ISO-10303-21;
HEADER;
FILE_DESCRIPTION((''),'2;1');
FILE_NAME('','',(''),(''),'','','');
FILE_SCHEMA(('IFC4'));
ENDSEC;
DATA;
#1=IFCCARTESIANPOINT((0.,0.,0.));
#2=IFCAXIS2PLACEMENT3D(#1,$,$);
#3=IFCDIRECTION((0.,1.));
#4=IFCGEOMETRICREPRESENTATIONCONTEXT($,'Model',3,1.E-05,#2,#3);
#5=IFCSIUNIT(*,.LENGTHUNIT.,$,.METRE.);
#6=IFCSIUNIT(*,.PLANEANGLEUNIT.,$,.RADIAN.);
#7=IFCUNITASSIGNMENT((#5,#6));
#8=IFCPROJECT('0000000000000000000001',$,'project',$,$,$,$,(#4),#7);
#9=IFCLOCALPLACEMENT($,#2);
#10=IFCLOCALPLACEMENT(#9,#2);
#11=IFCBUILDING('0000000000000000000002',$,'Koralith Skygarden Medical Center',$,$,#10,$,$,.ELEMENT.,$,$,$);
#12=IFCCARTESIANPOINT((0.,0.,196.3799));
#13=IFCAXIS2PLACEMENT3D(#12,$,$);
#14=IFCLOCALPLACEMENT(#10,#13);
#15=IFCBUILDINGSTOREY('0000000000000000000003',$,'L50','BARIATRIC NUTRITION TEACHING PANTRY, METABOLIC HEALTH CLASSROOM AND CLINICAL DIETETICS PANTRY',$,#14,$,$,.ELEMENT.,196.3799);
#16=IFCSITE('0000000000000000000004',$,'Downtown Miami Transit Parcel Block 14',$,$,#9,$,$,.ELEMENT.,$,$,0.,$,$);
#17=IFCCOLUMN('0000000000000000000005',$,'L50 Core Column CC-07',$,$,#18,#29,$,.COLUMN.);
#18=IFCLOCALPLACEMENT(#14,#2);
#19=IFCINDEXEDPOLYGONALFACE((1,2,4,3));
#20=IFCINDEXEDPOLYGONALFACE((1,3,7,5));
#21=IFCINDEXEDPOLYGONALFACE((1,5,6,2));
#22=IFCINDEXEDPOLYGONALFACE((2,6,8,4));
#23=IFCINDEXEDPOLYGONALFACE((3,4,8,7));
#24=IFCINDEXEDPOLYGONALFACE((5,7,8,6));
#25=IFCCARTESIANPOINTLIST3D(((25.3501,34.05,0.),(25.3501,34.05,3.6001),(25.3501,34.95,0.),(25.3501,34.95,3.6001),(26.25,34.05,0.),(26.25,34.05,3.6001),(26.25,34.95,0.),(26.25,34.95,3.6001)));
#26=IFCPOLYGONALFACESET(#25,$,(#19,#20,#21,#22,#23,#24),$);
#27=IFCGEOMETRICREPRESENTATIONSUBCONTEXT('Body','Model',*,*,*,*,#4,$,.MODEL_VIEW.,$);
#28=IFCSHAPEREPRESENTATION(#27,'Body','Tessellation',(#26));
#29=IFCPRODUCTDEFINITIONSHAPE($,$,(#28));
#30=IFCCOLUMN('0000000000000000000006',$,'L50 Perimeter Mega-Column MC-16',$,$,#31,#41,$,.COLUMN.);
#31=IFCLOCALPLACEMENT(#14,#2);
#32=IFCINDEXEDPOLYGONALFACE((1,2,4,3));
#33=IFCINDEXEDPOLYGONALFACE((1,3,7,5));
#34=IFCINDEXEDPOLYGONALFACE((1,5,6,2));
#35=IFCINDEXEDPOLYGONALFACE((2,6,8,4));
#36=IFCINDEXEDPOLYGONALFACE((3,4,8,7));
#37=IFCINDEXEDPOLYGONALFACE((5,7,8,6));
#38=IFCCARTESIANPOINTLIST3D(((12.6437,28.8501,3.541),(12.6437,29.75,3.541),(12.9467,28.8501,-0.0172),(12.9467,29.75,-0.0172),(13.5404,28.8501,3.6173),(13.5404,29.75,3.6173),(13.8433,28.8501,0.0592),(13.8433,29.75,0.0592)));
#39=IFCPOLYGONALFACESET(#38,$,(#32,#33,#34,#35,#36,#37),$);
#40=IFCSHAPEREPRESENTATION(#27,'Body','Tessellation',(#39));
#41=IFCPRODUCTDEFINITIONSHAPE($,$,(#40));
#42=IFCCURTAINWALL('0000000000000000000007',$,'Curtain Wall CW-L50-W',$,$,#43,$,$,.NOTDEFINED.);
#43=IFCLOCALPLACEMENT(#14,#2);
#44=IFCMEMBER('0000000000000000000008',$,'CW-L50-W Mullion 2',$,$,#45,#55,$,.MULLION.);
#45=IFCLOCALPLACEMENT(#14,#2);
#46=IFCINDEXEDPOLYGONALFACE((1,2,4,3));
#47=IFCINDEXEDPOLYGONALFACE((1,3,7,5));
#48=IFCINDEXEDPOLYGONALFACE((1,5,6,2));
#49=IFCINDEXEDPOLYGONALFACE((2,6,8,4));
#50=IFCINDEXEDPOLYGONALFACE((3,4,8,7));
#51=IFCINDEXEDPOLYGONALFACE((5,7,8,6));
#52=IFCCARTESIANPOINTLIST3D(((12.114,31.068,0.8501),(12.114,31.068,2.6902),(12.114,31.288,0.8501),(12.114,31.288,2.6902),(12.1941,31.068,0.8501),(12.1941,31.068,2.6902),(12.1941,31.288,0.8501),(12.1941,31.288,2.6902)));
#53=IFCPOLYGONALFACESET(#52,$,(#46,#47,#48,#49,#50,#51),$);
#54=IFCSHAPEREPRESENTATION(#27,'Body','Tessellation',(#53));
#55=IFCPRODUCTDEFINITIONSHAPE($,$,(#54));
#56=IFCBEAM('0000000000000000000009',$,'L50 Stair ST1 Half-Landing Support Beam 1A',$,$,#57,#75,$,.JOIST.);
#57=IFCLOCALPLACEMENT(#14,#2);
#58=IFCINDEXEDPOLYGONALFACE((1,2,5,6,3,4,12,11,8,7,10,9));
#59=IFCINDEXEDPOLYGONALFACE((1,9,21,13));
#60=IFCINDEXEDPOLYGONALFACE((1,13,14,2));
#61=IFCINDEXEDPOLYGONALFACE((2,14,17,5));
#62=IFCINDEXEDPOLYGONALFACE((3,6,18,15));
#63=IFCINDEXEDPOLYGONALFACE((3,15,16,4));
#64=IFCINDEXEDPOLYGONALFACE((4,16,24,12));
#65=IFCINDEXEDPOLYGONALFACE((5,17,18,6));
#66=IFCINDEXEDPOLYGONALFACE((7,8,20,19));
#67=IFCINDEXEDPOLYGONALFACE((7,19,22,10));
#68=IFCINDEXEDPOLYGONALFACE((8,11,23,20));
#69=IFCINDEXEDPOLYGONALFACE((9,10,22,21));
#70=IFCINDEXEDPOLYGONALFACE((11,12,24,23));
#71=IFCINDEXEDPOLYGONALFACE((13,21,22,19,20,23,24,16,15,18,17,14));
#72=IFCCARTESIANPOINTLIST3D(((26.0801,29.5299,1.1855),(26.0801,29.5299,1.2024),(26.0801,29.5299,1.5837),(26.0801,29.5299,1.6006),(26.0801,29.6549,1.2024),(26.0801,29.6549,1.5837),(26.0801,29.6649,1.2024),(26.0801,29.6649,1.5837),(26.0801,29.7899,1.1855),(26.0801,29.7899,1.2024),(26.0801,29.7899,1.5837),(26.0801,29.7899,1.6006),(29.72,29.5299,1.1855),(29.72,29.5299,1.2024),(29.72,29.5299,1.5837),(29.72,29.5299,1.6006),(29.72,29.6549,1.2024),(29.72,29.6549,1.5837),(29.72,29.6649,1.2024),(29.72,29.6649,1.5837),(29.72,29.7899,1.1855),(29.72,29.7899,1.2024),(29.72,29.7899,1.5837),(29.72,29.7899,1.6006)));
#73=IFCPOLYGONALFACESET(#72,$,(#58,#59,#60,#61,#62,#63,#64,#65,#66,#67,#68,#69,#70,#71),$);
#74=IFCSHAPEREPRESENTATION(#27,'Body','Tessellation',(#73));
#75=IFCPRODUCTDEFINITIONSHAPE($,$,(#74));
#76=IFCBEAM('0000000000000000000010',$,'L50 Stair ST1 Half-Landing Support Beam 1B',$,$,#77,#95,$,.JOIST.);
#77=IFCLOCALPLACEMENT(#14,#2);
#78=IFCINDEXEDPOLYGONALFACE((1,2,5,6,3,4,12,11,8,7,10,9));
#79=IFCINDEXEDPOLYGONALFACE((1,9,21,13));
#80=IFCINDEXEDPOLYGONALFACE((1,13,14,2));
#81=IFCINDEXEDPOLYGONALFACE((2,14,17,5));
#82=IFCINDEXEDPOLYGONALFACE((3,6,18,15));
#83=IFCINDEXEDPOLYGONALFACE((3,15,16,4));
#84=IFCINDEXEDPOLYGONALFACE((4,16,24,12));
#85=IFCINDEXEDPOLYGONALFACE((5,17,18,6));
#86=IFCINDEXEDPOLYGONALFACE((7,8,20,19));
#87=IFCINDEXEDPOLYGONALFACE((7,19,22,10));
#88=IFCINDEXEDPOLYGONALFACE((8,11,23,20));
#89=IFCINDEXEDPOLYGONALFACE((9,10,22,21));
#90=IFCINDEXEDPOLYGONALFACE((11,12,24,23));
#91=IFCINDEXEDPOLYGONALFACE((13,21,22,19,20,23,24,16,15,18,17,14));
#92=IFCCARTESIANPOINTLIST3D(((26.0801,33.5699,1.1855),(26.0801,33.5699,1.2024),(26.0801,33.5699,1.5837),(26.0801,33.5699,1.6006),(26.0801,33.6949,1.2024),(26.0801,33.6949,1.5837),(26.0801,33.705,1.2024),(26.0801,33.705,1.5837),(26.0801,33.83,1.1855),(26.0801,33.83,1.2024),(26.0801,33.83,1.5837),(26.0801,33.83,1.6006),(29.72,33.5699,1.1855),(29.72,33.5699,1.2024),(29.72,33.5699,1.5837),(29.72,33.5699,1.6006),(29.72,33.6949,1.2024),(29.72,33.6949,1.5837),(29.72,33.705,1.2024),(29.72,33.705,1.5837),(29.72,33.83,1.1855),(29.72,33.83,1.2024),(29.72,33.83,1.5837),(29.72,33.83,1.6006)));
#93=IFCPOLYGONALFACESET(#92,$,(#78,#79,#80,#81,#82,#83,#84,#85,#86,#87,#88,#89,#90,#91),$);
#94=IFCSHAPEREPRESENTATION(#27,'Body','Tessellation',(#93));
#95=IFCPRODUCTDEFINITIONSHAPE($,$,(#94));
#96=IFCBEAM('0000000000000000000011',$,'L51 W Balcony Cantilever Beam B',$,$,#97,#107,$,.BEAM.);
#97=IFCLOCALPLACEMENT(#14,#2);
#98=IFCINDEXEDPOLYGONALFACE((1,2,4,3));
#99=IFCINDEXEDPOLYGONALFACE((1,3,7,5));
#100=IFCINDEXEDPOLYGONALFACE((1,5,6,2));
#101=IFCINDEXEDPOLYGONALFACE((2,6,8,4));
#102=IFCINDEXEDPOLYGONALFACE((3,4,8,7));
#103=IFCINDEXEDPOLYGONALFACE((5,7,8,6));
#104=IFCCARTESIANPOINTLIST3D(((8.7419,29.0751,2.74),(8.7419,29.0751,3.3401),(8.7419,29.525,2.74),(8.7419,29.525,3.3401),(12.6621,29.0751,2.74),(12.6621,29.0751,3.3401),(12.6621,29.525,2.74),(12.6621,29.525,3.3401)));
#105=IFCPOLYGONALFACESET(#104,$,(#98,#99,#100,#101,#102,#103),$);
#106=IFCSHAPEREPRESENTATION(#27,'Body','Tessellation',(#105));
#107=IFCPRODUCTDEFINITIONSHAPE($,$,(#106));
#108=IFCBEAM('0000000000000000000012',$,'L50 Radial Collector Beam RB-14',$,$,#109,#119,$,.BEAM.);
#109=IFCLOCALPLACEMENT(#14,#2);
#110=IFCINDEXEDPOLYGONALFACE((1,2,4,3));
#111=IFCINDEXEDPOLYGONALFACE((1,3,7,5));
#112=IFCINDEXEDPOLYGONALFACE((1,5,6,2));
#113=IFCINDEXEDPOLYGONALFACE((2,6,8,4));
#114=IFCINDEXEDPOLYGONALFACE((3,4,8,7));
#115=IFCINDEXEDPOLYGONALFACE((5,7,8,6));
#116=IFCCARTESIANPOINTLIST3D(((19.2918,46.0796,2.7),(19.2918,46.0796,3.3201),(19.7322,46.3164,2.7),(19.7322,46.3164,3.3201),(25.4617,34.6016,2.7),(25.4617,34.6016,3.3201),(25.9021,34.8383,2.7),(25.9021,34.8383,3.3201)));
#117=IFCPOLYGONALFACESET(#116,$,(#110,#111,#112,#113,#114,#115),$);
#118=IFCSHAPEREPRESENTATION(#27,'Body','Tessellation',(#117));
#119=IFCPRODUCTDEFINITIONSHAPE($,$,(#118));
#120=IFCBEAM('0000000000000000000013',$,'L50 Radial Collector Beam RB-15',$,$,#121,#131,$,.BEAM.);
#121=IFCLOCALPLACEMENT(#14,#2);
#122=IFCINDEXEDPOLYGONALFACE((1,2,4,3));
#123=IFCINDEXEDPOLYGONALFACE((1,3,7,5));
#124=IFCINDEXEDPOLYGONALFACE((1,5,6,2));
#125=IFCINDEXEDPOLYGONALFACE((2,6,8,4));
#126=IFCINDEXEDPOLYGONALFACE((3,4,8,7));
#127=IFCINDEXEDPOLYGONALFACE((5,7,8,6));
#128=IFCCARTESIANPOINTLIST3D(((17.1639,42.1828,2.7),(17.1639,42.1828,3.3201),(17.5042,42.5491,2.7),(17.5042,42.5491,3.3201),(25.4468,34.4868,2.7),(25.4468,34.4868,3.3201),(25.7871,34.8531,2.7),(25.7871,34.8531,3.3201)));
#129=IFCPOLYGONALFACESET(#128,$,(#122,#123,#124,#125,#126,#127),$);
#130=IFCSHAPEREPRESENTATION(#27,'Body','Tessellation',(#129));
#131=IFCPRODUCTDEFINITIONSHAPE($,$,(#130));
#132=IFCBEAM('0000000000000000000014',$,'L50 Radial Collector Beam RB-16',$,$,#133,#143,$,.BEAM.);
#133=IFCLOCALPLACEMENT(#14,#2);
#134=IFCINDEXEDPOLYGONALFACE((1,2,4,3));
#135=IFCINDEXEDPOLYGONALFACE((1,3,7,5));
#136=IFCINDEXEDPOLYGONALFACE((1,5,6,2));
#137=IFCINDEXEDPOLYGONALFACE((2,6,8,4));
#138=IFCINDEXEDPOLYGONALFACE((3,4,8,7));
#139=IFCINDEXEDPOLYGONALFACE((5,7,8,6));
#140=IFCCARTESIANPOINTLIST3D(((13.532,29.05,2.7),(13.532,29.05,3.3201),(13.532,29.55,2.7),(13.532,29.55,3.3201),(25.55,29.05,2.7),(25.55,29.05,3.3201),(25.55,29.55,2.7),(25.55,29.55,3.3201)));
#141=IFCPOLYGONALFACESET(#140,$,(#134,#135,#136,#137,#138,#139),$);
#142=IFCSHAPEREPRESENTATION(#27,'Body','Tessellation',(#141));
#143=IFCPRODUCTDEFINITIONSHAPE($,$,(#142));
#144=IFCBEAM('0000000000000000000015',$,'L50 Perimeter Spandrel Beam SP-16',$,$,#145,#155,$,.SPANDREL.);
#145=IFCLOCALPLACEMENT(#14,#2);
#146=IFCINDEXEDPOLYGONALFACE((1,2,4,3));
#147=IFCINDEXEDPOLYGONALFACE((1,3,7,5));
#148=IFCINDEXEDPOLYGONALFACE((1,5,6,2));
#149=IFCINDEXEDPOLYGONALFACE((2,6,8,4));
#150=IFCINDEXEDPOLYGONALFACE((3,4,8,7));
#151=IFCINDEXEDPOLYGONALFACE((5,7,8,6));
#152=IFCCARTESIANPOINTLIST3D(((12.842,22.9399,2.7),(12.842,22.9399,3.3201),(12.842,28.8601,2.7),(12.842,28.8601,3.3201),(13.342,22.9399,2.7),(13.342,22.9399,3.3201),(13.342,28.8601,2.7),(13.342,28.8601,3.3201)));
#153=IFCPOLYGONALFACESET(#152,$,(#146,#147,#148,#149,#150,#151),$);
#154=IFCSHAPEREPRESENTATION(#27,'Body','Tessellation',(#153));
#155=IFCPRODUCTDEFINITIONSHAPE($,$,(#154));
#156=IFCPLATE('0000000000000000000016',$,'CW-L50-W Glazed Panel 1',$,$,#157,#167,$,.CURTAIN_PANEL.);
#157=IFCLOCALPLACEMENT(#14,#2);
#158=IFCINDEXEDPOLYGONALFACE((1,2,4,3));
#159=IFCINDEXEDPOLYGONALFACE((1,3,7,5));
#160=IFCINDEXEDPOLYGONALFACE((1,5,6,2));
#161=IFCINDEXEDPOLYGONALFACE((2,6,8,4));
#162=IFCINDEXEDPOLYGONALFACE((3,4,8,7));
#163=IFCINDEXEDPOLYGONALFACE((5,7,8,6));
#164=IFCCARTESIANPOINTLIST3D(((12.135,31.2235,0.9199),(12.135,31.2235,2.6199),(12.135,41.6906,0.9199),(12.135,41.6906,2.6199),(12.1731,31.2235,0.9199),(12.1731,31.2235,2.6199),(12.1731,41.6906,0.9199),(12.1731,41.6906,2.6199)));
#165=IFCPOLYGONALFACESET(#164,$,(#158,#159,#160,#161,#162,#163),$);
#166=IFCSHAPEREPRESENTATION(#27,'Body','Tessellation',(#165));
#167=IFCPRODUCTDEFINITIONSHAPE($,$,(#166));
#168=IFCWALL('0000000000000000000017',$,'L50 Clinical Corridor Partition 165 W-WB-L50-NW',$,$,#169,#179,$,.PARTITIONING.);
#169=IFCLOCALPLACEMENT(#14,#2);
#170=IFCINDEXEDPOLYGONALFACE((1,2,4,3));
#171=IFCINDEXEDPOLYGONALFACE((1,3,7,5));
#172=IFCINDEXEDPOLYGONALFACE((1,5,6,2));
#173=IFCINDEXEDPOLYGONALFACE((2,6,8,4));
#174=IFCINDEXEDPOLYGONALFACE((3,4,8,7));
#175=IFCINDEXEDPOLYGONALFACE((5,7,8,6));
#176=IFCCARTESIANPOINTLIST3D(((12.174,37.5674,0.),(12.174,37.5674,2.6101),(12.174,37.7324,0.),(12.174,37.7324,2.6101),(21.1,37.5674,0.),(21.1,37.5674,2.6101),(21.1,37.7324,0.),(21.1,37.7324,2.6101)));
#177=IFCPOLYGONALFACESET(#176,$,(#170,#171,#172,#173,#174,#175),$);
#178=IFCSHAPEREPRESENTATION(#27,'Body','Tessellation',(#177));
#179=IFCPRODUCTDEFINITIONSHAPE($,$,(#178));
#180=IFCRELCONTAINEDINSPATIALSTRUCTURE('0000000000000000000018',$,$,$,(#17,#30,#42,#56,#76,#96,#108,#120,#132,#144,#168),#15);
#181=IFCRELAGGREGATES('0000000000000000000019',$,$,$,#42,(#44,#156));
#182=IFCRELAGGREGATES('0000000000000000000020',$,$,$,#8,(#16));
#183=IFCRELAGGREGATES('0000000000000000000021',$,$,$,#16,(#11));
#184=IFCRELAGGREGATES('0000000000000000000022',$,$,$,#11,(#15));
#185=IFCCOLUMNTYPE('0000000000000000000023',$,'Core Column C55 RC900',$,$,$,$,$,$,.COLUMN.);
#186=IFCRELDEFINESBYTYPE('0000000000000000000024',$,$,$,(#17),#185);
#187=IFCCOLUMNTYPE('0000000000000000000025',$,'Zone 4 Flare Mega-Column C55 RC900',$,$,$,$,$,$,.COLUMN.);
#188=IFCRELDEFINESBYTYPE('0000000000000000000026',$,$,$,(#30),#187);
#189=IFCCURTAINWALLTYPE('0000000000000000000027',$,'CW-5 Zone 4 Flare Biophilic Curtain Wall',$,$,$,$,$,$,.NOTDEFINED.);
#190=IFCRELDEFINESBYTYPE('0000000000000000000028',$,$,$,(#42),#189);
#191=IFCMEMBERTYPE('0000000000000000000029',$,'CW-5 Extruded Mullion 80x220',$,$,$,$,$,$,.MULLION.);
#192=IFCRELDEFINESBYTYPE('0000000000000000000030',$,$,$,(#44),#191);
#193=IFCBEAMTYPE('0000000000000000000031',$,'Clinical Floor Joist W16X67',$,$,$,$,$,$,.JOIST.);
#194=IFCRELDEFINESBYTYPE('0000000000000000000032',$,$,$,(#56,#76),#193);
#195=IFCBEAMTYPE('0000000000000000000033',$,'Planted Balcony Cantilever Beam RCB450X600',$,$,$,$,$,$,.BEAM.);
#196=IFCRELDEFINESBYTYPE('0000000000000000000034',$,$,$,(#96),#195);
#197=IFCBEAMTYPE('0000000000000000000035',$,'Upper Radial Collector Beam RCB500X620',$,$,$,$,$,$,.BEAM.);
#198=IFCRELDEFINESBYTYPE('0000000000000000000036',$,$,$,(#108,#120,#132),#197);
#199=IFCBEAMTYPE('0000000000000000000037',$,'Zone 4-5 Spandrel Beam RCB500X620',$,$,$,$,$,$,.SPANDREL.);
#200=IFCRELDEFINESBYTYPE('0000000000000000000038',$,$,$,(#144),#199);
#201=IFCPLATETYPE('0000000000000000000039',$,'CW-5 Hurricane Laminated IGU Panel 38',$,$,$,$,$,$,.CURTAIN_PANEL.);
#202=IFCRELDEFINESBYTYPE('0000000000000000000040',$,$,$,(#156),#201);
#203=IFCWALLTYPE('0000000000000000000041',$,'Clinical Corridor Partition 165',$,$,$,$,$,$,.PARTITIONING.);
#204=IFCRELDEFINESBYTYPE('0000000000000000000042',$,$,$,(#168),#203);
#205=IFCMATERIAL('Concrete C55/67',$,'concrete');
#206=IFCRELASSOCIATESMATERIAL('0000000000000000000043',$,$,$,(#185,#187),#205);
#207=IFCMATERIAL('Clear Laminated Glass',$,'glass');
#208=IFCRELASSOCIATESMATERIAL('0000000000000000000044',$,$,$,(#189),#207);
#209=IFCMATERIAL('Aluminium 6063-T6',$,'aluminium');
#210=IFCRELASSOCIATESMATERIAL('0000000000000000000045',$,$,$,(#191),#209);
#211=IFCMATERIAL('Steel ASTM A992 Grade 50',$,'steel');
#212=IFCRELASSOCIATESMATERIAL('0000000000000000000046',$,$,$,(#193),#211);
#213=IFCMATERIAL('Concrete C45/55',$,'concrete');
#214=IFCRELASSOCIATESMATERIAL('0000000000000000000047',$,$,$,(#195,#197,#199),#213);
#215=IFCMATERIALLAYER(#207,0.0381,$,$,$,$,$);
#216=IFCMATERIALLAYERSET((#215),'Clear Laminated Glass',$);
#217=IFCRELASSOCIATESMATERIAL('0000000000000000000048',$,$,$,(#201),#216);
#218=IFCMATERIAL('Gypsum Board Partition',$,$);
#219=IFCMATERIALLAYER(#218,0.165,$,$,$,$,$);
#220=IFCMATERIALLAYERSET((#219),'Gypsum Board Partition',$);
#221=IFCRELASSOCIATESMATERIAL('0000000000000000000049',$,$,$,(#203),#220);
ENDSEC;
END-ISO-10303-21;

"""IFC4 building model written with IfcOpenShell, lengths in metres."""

from ifc_helpers import new_model, si_unit, direction, frame, frame_2d, origin, origin_2d, place, context, subcontext, project, spatial, rectangle, i_section, extrude, material, layer, layer_set, material_profile, profile_set, type_object, element, aggregate, save


model = new_model("IFC4")

# Units and contexts
model_context = context("Model", 3, precision=1e-05, world=origin(), true_north=direction((0.0, 1.0)))
body_context = subcontext(model_context, "Body", "Model", "MODEL_VIEW")
ifc_project = project(units=[si_unit("LENGTHUNIT", "METRE"), si_unit("PLANEANGLEUNIT", "RADIAN")], contexts=[model_context])

# Site, building, storey
site_placement = place(None, origin())
site = spatial("IfcSite", under=ifc_project, at=site_placement, Name="Downtown Miami Transit Parcel Block 14", CompositionType="ELEMENT", RefElevation=0.0)
building_placement = place(site_placement, origin())
building = spatial("IfcBuilding", under=site, at=building_placement, Name="Koralith Skygarden Medical Center", CompositionType="ELEMENT")
storey_placement = place(building_placement, frame((0.0, 0.0, 196.3799)))
storey = spatial("IfcBuildingStorey", under=building, at=storey_placement, Name="L50", Description="BARIATRIC NUTRITION TEACHING PANTRY, METABOLIC HEALTH CLASSROOM AND CLINICAL DIETETICS PANTRY", CompositionType="ELEMENT", Elevation=196.3799)

# Columns
ifc_material_1 = material(Name="Concrete C55/67", Category="concrete")
ifc_material_profile_1 = material_profile(ifc_material_1, rectangle(XDim=0.8999, YDim=0.8999, at=origin_2d()), Name="RC900X900")
ifc_profile_set_1 = profile_set([ifc_material_profile_1], Name="Concrete C55/67")
column_type_1 = type_object("IfcColumnType", Name="Core Column C55 RC900", PredefinedType="COLUMN", material=ifc_profile_set_1)
column_1_placement = place(storey_placement, frame((25.8, 34.5, 0.0), z_axis=(0.0, 0.0, 1.0), x_axis=(1.0, 0.0, 0.0)))
element("IfcColumn", 1, at=column_1_placement, inside=storey, type_object=column_type_1, Name="L50 Core Column CC-07", PredefinedType="COLUMN", context=body_context, shape_type="SweptSolid", body=[
    extrude(rectangle(XDim=0.8999, YDim=0.8999, at=origin_2d()), origin(), (0.0, 0.0, 1.0), 3.6001),
])
ifc_material_profile_2 = material_profile(ifc_material_1, rectangle(XDim=0.8999, YDim=0.8999, at=origin_2d()), Name="RC900X900")
ifc_profile_set_2 = profile_set([ifc_material_profile_2], Name="Concrete C55/67")
column_type_2 = type_object("IfcColumnType", Name="Zone 4 Flare Mega-Column C55 RC900", PredefinedType="COLUMN", material=ifc_profile_set_2)
column_2_placement = place(storey_placement, frame((13.395, 29.3, 0.021), z_axis=(-0.084845, 0.0, 0.996394), x_axis=(0.0, -1.0, 0.0)))
element("IfcColumn", 2, at=column_2_placement, inside=storey, type_object=column_type_2, Name="L50 Perimeter Mega-Column MC-16", PredefinedType="COLUMN", context=body_context, shape_type="SweptSolid", body=[
    extrude(rectangle(XDim=0.8999, YDim=0.8999, at=origin_2d()), origin(), (0.0, 0.0, 1.0), 3.571),
])

# Curtain wall, member
ifc_material_2 = material(Name="Clear Laminated Glass", Category="glass")
curtain_wall_type = type_object("IfcCurtainWallType", Name="CW-5 Zone 4 Flare Biophilic Curtain Wall", PredefinedType="NOTDEFINED", material=ifc_material_2)
curtain_wall_placement = place(storey_placement, origin())
curtain_wall = element("IfcCurtainWall", 3, at=curtain_wall_placement, inside=storey, type_object=curtain_wall_type, Name="Curtain Wall CW-L50-W", PredefinedType="NOTDEFINED")
ifc_material_3 = material(Name="Aluminium 6063-T6", Category="aluminium")
ifc_material_profile_3 = material_profile(ifc_material_3, rectangle(XDim=0.0801, YDim=0.22, at=origin_2d()), Name="MUL80X220")
ifc_profile_set_3 = profile_set([ifc_material_profile_3], Name="Aluminium 6063-T6")
member_type = type_object("IfcMemberType", Name="CW-5 Extruded Mullion 80x220", PredefinedType="MULLION", material=ifc_profile_set_3)
member_placement = place(storey_placement, frame((12.1541, 31.178, 0.8501), z_axis=(0.0, 0.0, 1.0), x_axis=(1.0, 0.0, 0.0)))
member = element("IfcMember", 4, at=member_placement, type_object=member_type, Name="CW-L50-W Mullion 2", PredefinedType="MULLION", context=body_context, shape_type="SweptSolid", body=[
    extrude(rectangle(XDim=0.0801, YDim=0.22, at=origin_2d()), origin(), (0.0, 0.0, 1.0), 1.8401),
])

# Beams
ifc_material_4 = material(Name="Steel ASTM A992 Grade 50", Category="steel")
ifc_material_profile_4 = material_profile(ifc_material_4, i_section(OverallWidth=0.26, OverallDepth=0.415, WebThickness=0.01, FlangeThickness=0.0168, at=origin_2d()), Name="W16X67")
ifc_profile_set_4 = profile_set([ifc_material_profile_4], Name="Steel ASTM A992 Grade 50")
beam_type_1 = type_object("IfcBeamType", Name="Clinical Floor Joist W16X67", PredefinedType="JOIST", material=ifc_profile_set_4)
for number, where, z_axis, x_axis, name in (
    (5, (26.0801, 29.6599, 1.3931), (1.0, 0.0, 0.0), (0.0, 1.0, 0.0), "L50 Stair ST1 Half-Landing Support Beam 1A"),
    (6, (26.0801, 33.7, 1.3931), (1.0, 0.0, 0.0), (0.0, 1.0, 0.0), "L50 Stair ST1 Half-Landing Support Beam 1B"),
):
    element("IfcBeam", number, at=place(storey_placement, frame(where, z_axis=z_axis, x_axis=x_axis)), inside=storey, type_object=beam_type_1, Name=name, PredefinedType="JOIST", context=body_context, shape_type="SweptSolid", body=[
        extrude(i_section(OverallWidth=0.26, OverallDepth=0.415, WebThickness=0.01, FlangeThickness=0.0168, at=origin_2d()), origin(), (0.0, 0.0, 1.0), 3.6399),
    ])
ifc_material_5 = material(Name="Concrete C45/55", Category="concrete")
ifc_material_profile_5 = material_profile(ifc_material_5, rectangle(XDim=0.45, YDim=0.6001, at=origin_2d()), Name="RCB450X600")
ifc_profile_set_5 = profile_set([ifc_material_profile_5], Name="Concrete C45/55")
beam_type_2 = type_object("IfcBeamType", Name="Planted Balcony Cantilever Beam RCB450X600", PredefinedType="BEAM", material=ifc_profile_set_5)
beam_1_placement = place(storey_placement, frame((12.6621, 29.3, 3.04), z_axis=(-1.0, 0.0, 0.0), x_axis=(0.0, -1.0, 0.0)))
element("IfcBeam", 7, at=beam_1_placement, inside=storey, type_object=beam_type_2, Name="L51 W Balcony Cantilever Beam B", PredefinedType="BEAM", context=body_context, shape_type="SweptSolid", body=[
    extrude(rectangle(XDim=0.45, YDim=0.6001, at=origin_2d()), origin(), (0.0, 0.0, 1.0), 3.9202),
])
ifc_material_profile_6 = material_profile(ifc_material_5, rectangle(XDim=0.5, YDim=0.6201, at=origin_2d()), Name="RCB500X620")
ifc_profile_set_6 = profile_set([ifc_material_profile_6], Name="Concrete C45/55")
beam_type_3 = type_object("IfcBeamType", Name="Upper Radial Collector Beam RCB500X620", PredefinedType="BEAM", material=ifc_profile_set_6)
beam_2_placement = place(storey_placement, frame((25.6819, 34.72, 3.01), z_axis=(-0.473472, 0.880809, 0.0), x_axis=(-0.880809, -0.473472, 0.0)))
element("IfcBeam", 8, at=beam_2_placement, inside=storey, type_object=beam_type_3, Name="L50 Radial Collector Beam RB-14", PredefinedType="BEAM", context=body_context, shape_type="SweptSolid", body=[
    extrude(rectangle(XDim=0.5, YDim=0.6201, at=origin_2d()), origin(), (0.0, 0.0, 1.0), 13.0312),
])
beam_3_placement = place(storey_placement, frame((25.6169, 34.6699, 3.01), z_axis=(-0.732585, 0.680676, 0.0), x_axis=(-0.680676, -0.732585, 0.0)))
element("IfcBeam", 9, at=beam_3_placement, inside=storey, type_object=beam_type_3, Name="L50 Radial Collector Beam RB-15", PredefinedType="BEAM", context=body_context, shape_type="SweptSolid", body=[
    extrude(rectangle(XDim=0.5, YDim=0.6201, at=origin_2d()), origin(), (0.0, 0.0, 1.0), 11.3064),
])
beam_4_placement = place(storey_placement, frame((25.55, 29.3, 3.01), z_axis=(-1.0, 0.0, 0.0), x_axis=(0.0, -1.0, 0.0)))
element("IfcBeam", 10, at=beam_4_placement, inside=storey, type_object=beam_type_3, Name="L50 Radial Collector Beam RB-16", PredefinedType="BEAM", context=body_context, shape_type="SweptSolid", body=[
    extrude(rectangle(XDim=0.5, YDim=0.6201, at=origin_2d()), origin(), (0.0, 0.0, 1.0), 12.0181),
])
ifc_material_profile_7 = material_profile(ifc_material_5, rectangle(XDim=0.5, YDim=0.6201, at=origin_2d()), Name="RCB500X620")
ifc_profile_set_7 = profile_set([ifc_material_profile_7], Name="Concrete C45/55")
beam_type_4 = type_object("IfcBeamType", Name="Zone 4-5 Spandrel Beam RCB500X620", PredefinedType="SPANDREL", material=ifc_profile_set_7)
beam_5_placement = place(storey_placement, frame((13.092, 28.8601, 3.01), z_axis=(0.0, -1.0, 0.0), x_axis=(1.0, 0.0, 0.0)))
element("IfcBeam", 11, at=beam_5_placement, inside=storey, type_object=beam_type_4, Name="L50 Perimeter Spandrel Beam SP-16", PredefinedType="SPANDREL", context=body_context, shape_type="SweptSolid", body=[
    extrude(rectangle(XDim=0.5, YDim=0.6201, at=origin_2d()), origin(), (0.0, 0.0, 1.0), 5.9202),
])

# Plate
ifc_layer_1 = layer(ifc_material_2, 0.0381)
ifc_layer_set_1 = layer_set([ifc_layer_1], Name="Clear Laminated Glass")
plate_type = type_object("IfcPlateType", Name="CW-5 Hurricane Laminated IGU Panel 38", PredefinedType="CURTAIN_PANEL", material=ifc_layer_set_1)
plate_placement = place(storey_placement, frame((12.1541, 36.457, 0.9199), z_axis=(0.0, 0.0, 1.0), x_axis=(0.0, -1.0, 0.0)))
plate = element("IfcPlate", 12, at=plate_placement, type_object=plate_type, Name="CW-L50-W Glazed Panel 1", PredefinedType="CURTAIN_PANEL", context=body_context, shape_type="SweptSolid", body=[
    extrude(rectangle(XDim=10.467, YDim=0.0381, at=origin_2d()), origin(), (0.0, 0.0, 1.0), 1.7),
])
aggregate(curtain_wall, [member, plate])

# Wall
ifc_material_6 = material(Name="Gypsum Board Partition")
ifc_layer_2 = layer(ifc_material_6, 0.165)
ifc_layer_set_2 = layer_set([ifc_layer_2], Name="Gypsum Board Partition")
wall_type_1 = type_object("IfcWallType", Name="Clinical Corridor Partition 165", PredefinedType="PARTITIONING", material=ifc_layer_set_2)
wall_1_placement = place(storey_placement, frame((12.1741, 37.6499, 0.0), z_axis=(0.0, 0.0, 1.0), x_axis=(1.0, 0.0, 0.0)))
element("IfcWall", 13, at=wall_1_placement, inside=storey, type_object=wall_type_1, Name="L50 Clinical Corridor Partition 165 W-WB-L50-NW", PredefinedType="PARTITIONING", context=body_context, shape_type="SweptSolid", body=[
    extrude(rectangle(XDim=8.926, YDim=0.165, at=frame_2d((4.4629, 0.0))), origin(), (0.0, 0.0, 1.0), 2.6101),
])

save(model, "model.ifc")
